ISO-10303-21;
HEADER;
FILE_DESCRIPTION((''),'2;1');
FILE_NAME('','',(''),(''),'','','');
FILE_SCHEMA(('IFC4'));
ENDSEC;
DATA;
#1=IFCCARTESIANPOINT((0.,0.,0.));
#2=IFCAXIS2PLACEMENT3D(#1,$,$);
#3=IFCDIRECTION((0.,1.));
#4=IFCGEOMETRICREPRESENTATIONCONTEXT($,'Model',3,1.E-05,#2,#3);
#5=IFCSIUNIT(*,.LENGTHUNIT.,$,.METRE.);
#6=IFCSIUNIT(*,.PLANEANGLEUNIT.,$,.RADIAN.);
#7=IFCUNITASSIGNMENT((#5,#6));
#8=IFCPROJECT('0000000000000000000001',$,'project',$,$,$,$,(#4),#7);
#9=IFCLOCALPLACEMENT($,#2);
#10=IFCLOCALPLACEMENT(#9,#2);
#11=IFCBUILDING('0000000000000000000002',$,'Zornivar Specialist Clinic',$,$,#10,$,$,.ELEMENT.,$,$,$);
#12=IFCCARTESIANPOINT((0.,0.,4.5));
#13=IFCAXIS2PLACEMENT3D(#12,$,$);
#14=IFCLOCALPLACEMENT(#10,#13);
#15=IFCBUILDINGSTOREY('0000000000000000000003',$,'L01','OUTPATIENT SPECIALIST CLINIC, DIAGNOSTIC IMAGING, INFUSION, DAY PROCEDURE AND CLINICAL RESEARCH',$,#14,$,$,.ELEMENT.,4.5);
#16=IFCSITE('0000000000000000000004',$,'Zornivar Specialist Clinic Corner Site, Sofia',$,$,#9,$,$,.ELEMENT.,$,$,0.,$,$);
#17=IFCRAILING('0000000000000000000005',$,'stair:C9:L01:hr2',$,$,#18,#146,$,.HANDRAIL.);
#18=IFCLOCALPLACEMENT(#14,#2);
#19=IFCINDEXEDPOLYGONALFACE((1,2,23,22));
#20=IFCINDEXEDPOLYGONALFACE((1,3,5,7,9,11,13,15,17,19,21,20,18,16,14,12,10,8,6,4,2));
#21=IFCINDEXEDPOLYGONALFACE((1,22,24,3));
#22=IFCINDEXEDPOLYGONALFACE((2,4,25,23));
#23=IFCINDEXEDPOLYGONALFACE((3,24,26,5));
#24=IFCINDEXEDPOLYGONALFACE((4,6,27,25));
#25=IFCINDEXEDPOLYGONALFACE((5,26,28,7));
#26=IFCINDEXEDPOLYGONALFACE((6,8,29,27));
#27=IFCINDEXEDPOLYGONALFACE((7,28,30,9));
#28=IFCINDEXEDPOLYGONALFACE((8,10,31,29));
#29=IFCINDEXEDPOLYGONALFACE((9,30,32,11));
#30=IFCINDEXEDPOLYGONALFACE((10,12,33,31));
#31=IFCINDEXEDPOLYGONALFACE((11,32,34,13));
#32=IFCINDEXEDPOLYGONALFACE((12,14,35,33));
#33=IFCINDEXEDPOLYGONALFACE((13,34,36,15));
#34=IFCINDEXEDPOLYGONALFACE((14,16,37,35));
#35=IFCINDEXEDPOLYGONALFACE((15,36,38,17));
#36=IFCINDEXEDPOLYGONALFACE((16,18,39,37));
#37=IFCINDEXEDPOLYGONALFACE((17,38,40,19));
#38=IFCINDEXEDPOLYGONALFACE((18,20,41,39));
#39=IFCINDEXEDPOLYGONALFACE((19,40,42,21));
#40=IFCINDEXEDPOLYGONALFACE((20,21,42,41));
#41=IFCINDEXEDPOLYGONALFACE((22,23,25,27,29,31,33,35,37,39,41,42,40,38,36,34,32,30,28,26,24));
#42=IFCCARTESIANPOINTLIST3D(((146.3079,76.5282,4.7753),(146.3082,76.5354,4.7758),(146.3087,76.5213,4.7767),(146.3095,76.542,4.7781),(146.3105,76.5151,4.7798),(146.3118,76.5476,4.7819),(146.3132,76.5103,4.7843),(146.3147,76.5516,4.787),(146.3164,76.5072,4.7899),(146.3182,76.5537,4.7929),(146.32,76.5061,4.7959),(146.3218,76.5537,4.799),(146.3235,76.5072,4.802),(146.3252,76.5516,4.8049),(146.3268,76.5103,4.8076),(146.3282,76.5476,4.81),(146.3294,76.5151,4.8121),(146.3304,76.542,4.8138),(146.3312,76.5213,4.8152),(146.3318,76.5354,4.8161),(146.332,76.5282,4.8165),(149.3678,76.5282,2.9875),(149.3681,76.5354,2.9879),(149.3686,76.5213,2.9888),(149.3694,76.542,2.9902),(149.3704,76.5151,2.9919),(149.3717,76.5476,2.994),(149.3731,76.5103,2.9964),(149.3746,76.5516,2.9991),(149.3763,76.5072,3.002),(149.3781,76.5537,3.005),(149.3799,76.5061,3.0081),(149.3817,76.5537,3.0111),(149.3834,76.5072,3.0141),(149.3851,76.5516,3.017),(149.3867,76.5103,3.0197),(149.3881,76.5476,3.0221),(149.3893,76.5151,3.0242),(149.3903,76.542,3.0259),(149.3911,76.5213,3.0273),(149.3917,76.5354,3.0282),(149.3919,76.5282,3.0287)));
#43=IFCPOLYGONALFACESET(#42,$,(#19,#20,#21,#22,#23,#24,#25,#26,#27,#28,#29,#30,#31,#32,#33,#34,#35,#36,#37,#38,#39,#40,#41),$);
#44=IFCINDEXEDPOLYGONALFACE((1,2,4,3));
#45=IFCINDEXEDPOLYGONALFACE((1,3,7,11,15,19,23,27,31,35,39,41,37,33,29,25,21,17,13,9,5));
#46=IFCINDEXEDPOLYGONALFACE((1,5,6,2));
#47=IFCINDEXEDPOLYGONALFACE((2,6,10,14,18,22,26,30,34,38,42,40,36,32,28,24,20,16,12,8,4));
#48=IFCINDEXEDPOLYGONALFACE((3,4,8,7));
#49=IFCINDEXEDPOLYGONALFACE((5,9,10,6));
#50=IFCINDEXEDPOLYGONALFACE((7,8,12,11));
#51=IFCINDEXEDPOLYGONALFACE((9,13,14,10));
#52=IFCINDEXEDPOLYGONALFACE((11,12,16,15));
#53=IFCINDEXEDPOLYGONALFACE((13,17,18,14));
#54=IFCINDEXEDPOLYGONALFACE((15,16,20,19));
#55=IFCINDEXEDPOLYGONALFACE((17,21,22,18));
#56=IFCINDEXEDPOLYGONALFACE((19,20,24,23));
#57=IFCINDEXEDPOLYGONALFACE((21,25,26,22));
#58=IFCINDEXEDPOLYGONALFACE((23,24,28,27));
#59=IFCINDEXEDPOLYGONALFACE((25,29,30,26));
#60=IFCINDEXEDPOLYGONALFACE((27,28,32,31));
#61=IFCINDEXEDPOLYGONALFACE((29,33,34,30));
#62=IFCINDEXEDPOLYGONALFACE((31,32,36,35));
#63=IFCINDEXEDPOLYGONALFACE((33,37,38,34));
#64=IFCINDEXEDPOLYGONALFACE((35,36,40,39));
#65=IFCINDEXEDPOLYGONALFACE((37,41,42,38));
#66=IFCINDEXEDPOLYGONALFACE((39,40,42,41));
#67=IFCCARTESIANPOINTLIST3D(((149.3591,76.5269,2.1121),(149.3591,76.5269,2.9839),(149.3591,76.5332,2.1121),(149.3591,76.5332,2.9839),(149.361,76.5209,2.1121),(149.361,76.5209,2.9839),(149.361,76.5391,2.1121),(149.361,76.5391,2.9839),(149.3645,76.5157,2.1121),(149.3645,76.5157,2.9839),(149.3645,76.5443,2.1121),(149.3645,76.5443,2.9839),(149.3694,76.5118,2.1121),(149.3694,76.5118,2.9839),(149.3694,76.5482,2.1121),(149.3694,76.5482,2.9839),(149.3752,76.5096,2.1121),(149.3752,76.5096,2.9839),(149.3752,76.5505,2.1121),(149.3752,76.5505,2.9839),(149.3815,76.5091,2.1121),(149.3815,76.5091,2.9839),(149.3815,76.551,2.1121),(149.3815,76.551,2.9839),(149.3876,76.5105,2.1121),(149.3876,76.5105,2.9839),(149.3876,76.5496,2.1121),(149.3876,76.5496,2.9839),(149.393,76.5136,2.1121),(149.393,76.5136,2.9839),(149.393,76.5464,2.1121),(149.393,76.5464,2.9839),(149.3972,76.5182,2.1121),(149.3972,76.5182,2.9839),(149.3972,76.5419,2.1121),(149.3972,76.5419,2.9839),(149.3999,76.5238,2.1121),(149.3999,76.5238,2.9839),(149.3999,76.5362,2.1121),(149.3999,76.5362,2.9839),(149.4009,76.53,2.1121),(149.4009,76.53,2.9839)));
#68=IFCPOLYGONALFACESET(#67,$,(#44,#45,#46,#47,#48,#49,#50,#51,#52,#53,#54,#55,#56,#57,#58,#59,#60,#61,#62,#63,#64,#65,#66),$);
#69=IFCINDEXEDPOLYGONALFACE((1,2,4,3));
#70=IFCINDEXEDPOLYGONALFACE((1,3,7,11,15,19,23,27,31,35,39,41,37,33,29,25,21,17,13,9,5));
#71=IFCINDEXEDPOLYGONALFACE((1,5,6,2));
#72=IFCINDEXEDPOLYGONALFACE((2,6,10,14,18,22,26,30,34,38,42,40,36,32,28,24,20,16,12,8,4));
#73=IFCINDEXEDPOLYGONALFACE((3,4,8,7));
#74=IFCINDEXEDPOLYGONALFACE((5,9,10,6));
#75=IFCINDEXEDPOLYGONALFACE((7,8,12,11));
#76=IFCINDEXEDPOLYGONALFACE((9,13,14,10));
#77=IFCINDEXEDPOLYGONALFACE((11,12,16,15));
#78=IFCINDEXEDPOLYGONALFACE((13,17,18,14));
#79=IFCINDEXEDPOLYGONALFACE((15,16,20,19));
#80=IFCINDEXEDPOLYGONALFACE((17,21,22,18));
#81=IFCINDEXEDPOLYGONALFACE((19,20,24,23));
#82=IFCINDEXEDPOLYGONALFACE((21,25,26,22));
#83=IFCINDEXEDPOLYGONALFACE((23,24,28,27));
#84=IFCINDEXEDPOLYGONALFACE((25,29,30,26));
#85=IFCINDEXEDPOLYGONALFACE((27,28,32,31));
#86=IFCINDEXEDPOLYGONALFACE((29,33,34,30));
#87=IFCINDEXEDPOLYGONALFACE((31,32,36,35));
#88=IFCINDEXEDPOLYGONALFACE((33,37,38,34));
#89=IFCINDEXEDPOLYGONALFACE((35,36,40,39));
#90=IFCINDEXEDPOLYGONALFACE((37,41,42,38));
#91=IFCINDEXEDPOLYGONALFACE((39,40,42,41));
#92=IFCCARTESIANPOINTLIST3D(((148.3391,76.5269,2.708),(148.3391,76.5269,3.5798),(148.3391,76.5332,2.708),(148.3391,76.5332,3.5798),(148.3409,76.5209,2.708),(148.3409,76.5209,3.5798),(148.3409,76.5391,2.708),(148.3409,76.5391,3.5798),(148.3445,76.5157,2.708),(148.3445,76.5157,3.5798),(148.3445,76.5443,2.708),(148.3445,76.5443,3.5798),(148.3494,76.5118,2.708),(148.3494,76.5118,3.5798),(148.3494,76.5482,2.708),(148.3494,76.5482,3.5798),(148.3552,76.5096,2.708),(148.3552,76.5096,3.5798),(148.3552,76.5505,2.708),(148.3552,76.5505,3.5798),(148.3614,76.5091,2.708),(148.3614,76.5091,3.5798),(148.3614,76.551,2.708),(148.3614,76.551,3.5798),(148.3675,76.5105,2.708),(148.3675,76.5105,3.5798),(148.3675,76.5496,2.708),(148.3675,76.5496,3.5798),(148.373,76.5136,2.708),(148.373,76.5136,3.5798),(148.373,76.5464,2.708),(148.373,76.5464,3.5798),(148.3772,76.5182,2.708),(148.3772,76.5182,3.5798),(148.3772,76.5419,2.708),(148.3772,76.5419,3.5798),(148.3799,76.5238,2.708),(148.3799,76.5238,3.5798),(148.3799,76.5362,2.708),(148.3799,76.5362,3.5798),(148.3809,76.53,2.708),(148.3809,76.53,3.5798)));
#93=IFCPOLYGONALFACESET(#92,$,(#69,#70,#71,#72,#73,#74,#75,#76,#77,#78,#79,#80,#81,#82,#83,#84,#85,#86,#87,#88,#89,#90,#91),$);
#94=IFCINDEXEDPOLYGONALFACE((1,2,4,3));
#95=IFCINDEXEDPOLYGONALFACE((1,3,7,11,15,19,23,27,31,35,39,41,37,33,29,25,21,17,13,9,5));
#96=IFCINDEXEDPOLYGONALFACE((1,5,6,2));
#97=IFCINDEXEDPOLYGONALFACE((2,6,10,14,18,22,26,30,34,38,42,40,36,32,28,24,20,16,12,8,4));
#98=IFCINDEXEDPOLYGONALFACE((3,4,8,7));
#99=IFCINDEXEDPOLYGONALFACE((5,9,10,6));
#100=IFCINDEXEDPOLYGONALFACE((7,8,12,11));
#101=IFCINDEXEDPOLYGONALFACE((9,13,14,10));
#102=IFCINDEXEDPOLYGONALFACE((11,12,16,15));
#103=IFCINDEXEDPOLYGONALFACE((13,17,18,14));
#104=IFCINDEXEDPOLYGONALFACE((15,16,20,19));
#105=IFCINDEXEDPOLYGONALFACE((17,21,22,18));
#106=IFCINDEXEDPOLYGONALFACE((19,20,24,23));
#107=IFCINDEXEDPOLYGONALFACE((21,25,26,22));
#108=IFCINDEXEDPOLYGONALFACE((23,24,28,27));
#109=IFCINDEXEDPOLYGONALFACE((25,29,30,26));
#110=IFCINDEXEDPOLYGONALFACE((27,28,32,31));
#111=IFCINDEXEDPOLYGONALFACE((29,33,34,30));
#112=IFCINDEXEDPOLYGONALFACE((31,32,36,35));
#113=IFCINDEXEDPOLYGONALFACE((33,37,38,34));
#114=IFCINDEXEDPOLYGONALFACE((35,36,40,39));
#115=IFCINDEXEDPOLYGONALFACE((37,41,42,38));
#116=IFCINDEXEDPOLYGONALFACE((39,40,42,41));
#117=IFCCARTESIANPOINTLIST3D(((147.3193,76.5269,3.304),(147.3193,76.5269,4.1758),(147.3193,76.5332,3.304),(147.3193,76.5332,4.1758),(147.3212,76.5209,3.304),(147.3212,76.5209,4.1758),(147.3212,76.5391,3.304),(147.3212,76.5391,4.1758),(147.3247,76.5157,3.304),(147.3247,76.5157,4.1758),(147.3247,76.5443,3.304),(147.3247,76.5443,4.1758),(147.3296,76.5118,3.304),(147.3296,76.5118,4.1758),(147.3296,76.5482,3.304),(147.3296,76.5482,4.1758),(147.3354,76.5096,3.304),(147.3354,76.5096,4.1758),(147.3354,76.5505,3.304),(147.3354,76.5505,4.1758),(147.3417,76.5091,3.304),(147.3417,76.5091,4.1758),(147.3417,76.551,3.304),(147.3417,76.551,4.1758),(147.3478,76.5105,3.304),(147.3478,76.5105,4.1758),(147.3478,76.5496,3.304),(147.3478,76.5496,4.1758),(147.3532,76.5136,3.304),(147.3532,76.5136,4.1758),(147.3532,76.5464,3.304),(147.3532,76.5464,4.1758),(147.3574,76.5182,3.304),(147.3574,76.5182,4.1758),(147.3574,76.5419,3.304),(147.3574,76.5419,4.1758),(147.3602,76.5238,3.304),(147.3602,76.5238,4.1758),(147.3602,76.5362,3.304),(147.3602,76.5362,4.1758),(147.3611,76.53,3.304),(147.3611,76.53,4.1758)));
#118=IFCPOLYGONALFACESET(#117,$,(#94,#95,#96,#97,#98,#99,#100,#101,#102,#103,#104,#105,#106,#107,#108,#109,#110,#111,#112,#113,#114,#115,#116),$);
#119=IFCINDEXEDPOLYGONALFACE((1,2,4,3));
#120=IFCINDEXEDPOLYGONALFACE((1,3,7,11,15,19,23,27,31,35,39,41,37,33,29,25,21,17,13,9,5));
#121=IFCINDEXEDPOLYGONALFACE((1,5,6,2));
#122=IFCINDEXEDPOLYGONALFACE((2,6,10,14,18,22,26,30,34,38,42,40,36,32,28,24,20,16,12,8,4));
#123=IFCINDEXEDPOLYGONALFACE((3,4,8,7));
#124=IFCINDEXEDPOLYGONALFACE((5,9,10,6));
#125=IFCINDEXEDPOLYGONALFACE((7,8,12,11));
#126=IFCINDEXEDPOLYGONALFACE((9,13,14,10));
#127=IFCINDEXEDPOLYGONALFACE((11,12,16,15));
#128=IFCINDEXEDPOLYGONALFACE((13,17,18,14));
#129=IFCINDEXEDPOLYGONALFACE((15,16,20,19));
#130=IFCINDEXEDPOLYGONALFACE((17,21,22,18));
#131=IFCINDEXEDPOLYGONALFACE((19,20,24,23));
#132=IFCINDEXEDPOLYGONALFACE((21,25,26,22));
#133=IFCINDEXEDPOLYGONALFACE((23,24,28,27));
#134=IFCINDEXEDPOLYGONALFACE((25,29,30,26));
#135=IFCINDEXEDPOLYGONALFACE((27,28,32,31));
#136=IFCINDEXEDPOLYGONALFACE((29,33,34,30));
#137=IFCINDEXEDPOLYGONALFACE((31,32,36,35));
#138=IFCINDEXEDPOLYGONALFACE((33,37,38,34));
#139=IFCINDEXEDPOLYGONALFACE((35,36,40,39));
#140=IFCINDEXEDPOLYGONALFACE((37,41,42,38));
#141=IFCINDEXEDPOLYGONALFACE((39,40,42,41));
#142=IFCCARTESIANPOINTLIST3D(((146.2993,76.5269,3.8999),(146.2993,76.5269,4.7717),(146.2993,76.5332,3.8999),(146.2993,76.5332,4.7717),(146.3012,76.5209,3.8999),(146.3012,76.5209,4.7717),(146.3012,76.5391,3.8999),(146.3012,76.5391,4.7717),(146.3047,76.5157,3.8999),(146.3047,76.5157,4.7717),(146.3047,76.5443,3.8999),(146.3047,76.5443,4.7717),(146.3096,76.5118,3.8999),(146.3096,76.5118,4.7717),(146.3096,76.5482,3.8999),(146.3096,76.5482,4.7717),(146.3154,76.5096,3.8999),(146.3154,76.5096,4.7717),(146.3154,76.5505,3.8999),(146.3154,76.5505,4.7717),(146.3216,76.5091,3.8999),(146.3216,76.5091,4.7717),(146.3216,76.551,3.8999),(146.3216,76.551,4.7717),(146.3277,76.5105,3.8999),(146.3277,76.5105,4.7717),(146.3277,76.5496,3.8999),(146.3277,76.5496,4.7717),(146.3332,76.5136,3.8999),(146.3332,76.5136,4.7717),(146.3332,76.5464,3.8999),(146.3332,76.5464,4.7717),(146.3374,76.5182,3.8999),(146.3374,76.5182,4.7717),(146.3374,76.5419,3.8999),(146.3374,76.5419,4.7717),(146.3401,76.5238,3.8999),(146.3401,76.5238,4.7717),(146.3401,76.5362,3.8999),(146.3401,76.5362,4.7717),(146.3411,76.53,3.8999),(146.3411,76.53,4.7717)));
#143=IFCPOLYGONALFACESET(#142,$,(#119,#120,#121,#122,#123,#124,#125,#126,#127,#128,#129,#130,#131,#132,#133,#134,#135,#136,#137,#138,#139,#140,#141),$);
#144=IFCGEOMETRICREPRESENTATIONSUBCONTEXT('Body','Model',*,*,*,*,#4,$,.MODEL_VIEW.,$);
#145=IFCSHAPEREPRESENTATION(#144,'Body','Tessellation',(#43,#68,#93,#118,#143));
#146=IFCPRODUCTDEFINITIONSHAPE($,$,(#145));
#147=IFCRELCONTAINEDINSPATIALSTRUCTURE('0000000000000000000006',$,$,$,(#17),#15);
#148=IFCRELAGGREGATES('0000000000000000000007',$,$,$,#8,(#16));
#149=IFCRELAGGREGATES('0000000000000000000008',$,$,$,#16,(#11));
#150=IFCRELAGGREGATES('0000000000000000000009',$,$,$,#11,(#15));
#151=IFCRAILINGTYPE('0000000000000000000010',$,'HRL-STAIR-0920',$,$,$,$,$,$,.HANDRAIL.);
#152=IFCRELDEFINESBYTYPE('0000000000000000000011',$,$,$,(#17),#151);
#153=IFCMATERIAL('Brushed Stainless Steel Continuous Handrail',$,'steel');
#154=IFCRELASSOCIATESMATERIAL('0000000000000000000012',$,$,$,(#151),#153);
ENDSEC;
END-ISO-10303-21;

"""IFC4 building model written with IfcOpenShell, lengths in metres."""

from ifc_helpers import new_model, si_unit, direction, frame, origin, origin_2d, place, context, subcontext, project, spatial, circle, extrude, material, type_object, element, save


model = new_model("IFC4")

# Units and contexts
model_context = context("Model", 3, precision=1e-05, world=origin(), true_north=direction((0.0, 1.0)))
body_context = subcontext(model_context, "Body", "Model", "MODEL_VIEW")
ifc_project = project(units=[si_unit("LENGTHUNIT", "METRE"), si_unit("PLANEANGLEUNIT", "RADIAN")], contexts=[model_context])

# Site, building, storey
site_placement = place(None, origin())
site = spatial("IfcSite", under=ifc_project, at=site_placement, Name="Zornivar Specialist Clinic Corner Site, Sofia", CompositionType="ELEMENT", RefElevation=0.0)
building_placement = place(site_placement, origin())
building = spatial("IfcBuilding", under=site, at=building_placement, Name="Zornivar Specialist Clinic", CompositionType="ELEMENT")
storey_placement = place(building_placement, frame((0.0, 0.0, 4.5)))
storey = spatial("IfcBuildingStorey", under=building, at=storey_placement, Name="L01", Description="OUTPATIENT SPECIALIST CLINIC, DIAGNOSTIC IMAGING, INFUSION, DAY PROCEDURE AND CLINICAL RESEARCH", CompositionType="ELEMENT", Elevation=4.5)

# Railing
ifc_material_1 = material(Name="Brushed Stainless Steel Continuous Handrail", Category="steel")
railing_type_1 = type_object("IfcRailingType", Name="HRL-STAIR-0920", PredefinedType="HANDRAIL", material=ifc_material_1)
railing_1_placement = place(storey_placement, frame((149.3799, 76.53, 2.1121)))
element("IfcRailing", 1, at=railing_1_placement, inside=storey, type_object=railing_type_1, Name="stair:C9:L01:hr2", PredefinedType="HANDRAIL", context=body_context, shape_type="SweptSolid", body=[
    extrude(circle(Radius=0.0239, at=origin_2d()), frame((0.0, 0.0, 0.896), z_axis=(-0.863416, 0.0, 0.504492), x_axis=(0.0, -1.0, 0.0)), (0.0, 0.0, 1.0), 3.5439),
    extrude(circle(Radius=0.021, at=origin_2d()), origin(), (0.0, 0.0, 1.0), 0.8718),
    extrude(circle(Radius=0.021, at=origin_2d()), frame((-1.02, 0.0, 0.5959)), (0.0, 0.0, 1.0), 0.8718),
    extrude(circle(Radius=0.021, at=origin_2d()), frame((-2.0398, 0.0, 1.1919)), (0.0, 0.0, 1.0), 0.8718),
    extrude(circle(Radius=0.021, at=origin_2d()), frame((-3.0598, 0.0, 1.7878)), (0.0, 0.0, 1.0), 0.8718),
])

save(model, "model.ifc")
